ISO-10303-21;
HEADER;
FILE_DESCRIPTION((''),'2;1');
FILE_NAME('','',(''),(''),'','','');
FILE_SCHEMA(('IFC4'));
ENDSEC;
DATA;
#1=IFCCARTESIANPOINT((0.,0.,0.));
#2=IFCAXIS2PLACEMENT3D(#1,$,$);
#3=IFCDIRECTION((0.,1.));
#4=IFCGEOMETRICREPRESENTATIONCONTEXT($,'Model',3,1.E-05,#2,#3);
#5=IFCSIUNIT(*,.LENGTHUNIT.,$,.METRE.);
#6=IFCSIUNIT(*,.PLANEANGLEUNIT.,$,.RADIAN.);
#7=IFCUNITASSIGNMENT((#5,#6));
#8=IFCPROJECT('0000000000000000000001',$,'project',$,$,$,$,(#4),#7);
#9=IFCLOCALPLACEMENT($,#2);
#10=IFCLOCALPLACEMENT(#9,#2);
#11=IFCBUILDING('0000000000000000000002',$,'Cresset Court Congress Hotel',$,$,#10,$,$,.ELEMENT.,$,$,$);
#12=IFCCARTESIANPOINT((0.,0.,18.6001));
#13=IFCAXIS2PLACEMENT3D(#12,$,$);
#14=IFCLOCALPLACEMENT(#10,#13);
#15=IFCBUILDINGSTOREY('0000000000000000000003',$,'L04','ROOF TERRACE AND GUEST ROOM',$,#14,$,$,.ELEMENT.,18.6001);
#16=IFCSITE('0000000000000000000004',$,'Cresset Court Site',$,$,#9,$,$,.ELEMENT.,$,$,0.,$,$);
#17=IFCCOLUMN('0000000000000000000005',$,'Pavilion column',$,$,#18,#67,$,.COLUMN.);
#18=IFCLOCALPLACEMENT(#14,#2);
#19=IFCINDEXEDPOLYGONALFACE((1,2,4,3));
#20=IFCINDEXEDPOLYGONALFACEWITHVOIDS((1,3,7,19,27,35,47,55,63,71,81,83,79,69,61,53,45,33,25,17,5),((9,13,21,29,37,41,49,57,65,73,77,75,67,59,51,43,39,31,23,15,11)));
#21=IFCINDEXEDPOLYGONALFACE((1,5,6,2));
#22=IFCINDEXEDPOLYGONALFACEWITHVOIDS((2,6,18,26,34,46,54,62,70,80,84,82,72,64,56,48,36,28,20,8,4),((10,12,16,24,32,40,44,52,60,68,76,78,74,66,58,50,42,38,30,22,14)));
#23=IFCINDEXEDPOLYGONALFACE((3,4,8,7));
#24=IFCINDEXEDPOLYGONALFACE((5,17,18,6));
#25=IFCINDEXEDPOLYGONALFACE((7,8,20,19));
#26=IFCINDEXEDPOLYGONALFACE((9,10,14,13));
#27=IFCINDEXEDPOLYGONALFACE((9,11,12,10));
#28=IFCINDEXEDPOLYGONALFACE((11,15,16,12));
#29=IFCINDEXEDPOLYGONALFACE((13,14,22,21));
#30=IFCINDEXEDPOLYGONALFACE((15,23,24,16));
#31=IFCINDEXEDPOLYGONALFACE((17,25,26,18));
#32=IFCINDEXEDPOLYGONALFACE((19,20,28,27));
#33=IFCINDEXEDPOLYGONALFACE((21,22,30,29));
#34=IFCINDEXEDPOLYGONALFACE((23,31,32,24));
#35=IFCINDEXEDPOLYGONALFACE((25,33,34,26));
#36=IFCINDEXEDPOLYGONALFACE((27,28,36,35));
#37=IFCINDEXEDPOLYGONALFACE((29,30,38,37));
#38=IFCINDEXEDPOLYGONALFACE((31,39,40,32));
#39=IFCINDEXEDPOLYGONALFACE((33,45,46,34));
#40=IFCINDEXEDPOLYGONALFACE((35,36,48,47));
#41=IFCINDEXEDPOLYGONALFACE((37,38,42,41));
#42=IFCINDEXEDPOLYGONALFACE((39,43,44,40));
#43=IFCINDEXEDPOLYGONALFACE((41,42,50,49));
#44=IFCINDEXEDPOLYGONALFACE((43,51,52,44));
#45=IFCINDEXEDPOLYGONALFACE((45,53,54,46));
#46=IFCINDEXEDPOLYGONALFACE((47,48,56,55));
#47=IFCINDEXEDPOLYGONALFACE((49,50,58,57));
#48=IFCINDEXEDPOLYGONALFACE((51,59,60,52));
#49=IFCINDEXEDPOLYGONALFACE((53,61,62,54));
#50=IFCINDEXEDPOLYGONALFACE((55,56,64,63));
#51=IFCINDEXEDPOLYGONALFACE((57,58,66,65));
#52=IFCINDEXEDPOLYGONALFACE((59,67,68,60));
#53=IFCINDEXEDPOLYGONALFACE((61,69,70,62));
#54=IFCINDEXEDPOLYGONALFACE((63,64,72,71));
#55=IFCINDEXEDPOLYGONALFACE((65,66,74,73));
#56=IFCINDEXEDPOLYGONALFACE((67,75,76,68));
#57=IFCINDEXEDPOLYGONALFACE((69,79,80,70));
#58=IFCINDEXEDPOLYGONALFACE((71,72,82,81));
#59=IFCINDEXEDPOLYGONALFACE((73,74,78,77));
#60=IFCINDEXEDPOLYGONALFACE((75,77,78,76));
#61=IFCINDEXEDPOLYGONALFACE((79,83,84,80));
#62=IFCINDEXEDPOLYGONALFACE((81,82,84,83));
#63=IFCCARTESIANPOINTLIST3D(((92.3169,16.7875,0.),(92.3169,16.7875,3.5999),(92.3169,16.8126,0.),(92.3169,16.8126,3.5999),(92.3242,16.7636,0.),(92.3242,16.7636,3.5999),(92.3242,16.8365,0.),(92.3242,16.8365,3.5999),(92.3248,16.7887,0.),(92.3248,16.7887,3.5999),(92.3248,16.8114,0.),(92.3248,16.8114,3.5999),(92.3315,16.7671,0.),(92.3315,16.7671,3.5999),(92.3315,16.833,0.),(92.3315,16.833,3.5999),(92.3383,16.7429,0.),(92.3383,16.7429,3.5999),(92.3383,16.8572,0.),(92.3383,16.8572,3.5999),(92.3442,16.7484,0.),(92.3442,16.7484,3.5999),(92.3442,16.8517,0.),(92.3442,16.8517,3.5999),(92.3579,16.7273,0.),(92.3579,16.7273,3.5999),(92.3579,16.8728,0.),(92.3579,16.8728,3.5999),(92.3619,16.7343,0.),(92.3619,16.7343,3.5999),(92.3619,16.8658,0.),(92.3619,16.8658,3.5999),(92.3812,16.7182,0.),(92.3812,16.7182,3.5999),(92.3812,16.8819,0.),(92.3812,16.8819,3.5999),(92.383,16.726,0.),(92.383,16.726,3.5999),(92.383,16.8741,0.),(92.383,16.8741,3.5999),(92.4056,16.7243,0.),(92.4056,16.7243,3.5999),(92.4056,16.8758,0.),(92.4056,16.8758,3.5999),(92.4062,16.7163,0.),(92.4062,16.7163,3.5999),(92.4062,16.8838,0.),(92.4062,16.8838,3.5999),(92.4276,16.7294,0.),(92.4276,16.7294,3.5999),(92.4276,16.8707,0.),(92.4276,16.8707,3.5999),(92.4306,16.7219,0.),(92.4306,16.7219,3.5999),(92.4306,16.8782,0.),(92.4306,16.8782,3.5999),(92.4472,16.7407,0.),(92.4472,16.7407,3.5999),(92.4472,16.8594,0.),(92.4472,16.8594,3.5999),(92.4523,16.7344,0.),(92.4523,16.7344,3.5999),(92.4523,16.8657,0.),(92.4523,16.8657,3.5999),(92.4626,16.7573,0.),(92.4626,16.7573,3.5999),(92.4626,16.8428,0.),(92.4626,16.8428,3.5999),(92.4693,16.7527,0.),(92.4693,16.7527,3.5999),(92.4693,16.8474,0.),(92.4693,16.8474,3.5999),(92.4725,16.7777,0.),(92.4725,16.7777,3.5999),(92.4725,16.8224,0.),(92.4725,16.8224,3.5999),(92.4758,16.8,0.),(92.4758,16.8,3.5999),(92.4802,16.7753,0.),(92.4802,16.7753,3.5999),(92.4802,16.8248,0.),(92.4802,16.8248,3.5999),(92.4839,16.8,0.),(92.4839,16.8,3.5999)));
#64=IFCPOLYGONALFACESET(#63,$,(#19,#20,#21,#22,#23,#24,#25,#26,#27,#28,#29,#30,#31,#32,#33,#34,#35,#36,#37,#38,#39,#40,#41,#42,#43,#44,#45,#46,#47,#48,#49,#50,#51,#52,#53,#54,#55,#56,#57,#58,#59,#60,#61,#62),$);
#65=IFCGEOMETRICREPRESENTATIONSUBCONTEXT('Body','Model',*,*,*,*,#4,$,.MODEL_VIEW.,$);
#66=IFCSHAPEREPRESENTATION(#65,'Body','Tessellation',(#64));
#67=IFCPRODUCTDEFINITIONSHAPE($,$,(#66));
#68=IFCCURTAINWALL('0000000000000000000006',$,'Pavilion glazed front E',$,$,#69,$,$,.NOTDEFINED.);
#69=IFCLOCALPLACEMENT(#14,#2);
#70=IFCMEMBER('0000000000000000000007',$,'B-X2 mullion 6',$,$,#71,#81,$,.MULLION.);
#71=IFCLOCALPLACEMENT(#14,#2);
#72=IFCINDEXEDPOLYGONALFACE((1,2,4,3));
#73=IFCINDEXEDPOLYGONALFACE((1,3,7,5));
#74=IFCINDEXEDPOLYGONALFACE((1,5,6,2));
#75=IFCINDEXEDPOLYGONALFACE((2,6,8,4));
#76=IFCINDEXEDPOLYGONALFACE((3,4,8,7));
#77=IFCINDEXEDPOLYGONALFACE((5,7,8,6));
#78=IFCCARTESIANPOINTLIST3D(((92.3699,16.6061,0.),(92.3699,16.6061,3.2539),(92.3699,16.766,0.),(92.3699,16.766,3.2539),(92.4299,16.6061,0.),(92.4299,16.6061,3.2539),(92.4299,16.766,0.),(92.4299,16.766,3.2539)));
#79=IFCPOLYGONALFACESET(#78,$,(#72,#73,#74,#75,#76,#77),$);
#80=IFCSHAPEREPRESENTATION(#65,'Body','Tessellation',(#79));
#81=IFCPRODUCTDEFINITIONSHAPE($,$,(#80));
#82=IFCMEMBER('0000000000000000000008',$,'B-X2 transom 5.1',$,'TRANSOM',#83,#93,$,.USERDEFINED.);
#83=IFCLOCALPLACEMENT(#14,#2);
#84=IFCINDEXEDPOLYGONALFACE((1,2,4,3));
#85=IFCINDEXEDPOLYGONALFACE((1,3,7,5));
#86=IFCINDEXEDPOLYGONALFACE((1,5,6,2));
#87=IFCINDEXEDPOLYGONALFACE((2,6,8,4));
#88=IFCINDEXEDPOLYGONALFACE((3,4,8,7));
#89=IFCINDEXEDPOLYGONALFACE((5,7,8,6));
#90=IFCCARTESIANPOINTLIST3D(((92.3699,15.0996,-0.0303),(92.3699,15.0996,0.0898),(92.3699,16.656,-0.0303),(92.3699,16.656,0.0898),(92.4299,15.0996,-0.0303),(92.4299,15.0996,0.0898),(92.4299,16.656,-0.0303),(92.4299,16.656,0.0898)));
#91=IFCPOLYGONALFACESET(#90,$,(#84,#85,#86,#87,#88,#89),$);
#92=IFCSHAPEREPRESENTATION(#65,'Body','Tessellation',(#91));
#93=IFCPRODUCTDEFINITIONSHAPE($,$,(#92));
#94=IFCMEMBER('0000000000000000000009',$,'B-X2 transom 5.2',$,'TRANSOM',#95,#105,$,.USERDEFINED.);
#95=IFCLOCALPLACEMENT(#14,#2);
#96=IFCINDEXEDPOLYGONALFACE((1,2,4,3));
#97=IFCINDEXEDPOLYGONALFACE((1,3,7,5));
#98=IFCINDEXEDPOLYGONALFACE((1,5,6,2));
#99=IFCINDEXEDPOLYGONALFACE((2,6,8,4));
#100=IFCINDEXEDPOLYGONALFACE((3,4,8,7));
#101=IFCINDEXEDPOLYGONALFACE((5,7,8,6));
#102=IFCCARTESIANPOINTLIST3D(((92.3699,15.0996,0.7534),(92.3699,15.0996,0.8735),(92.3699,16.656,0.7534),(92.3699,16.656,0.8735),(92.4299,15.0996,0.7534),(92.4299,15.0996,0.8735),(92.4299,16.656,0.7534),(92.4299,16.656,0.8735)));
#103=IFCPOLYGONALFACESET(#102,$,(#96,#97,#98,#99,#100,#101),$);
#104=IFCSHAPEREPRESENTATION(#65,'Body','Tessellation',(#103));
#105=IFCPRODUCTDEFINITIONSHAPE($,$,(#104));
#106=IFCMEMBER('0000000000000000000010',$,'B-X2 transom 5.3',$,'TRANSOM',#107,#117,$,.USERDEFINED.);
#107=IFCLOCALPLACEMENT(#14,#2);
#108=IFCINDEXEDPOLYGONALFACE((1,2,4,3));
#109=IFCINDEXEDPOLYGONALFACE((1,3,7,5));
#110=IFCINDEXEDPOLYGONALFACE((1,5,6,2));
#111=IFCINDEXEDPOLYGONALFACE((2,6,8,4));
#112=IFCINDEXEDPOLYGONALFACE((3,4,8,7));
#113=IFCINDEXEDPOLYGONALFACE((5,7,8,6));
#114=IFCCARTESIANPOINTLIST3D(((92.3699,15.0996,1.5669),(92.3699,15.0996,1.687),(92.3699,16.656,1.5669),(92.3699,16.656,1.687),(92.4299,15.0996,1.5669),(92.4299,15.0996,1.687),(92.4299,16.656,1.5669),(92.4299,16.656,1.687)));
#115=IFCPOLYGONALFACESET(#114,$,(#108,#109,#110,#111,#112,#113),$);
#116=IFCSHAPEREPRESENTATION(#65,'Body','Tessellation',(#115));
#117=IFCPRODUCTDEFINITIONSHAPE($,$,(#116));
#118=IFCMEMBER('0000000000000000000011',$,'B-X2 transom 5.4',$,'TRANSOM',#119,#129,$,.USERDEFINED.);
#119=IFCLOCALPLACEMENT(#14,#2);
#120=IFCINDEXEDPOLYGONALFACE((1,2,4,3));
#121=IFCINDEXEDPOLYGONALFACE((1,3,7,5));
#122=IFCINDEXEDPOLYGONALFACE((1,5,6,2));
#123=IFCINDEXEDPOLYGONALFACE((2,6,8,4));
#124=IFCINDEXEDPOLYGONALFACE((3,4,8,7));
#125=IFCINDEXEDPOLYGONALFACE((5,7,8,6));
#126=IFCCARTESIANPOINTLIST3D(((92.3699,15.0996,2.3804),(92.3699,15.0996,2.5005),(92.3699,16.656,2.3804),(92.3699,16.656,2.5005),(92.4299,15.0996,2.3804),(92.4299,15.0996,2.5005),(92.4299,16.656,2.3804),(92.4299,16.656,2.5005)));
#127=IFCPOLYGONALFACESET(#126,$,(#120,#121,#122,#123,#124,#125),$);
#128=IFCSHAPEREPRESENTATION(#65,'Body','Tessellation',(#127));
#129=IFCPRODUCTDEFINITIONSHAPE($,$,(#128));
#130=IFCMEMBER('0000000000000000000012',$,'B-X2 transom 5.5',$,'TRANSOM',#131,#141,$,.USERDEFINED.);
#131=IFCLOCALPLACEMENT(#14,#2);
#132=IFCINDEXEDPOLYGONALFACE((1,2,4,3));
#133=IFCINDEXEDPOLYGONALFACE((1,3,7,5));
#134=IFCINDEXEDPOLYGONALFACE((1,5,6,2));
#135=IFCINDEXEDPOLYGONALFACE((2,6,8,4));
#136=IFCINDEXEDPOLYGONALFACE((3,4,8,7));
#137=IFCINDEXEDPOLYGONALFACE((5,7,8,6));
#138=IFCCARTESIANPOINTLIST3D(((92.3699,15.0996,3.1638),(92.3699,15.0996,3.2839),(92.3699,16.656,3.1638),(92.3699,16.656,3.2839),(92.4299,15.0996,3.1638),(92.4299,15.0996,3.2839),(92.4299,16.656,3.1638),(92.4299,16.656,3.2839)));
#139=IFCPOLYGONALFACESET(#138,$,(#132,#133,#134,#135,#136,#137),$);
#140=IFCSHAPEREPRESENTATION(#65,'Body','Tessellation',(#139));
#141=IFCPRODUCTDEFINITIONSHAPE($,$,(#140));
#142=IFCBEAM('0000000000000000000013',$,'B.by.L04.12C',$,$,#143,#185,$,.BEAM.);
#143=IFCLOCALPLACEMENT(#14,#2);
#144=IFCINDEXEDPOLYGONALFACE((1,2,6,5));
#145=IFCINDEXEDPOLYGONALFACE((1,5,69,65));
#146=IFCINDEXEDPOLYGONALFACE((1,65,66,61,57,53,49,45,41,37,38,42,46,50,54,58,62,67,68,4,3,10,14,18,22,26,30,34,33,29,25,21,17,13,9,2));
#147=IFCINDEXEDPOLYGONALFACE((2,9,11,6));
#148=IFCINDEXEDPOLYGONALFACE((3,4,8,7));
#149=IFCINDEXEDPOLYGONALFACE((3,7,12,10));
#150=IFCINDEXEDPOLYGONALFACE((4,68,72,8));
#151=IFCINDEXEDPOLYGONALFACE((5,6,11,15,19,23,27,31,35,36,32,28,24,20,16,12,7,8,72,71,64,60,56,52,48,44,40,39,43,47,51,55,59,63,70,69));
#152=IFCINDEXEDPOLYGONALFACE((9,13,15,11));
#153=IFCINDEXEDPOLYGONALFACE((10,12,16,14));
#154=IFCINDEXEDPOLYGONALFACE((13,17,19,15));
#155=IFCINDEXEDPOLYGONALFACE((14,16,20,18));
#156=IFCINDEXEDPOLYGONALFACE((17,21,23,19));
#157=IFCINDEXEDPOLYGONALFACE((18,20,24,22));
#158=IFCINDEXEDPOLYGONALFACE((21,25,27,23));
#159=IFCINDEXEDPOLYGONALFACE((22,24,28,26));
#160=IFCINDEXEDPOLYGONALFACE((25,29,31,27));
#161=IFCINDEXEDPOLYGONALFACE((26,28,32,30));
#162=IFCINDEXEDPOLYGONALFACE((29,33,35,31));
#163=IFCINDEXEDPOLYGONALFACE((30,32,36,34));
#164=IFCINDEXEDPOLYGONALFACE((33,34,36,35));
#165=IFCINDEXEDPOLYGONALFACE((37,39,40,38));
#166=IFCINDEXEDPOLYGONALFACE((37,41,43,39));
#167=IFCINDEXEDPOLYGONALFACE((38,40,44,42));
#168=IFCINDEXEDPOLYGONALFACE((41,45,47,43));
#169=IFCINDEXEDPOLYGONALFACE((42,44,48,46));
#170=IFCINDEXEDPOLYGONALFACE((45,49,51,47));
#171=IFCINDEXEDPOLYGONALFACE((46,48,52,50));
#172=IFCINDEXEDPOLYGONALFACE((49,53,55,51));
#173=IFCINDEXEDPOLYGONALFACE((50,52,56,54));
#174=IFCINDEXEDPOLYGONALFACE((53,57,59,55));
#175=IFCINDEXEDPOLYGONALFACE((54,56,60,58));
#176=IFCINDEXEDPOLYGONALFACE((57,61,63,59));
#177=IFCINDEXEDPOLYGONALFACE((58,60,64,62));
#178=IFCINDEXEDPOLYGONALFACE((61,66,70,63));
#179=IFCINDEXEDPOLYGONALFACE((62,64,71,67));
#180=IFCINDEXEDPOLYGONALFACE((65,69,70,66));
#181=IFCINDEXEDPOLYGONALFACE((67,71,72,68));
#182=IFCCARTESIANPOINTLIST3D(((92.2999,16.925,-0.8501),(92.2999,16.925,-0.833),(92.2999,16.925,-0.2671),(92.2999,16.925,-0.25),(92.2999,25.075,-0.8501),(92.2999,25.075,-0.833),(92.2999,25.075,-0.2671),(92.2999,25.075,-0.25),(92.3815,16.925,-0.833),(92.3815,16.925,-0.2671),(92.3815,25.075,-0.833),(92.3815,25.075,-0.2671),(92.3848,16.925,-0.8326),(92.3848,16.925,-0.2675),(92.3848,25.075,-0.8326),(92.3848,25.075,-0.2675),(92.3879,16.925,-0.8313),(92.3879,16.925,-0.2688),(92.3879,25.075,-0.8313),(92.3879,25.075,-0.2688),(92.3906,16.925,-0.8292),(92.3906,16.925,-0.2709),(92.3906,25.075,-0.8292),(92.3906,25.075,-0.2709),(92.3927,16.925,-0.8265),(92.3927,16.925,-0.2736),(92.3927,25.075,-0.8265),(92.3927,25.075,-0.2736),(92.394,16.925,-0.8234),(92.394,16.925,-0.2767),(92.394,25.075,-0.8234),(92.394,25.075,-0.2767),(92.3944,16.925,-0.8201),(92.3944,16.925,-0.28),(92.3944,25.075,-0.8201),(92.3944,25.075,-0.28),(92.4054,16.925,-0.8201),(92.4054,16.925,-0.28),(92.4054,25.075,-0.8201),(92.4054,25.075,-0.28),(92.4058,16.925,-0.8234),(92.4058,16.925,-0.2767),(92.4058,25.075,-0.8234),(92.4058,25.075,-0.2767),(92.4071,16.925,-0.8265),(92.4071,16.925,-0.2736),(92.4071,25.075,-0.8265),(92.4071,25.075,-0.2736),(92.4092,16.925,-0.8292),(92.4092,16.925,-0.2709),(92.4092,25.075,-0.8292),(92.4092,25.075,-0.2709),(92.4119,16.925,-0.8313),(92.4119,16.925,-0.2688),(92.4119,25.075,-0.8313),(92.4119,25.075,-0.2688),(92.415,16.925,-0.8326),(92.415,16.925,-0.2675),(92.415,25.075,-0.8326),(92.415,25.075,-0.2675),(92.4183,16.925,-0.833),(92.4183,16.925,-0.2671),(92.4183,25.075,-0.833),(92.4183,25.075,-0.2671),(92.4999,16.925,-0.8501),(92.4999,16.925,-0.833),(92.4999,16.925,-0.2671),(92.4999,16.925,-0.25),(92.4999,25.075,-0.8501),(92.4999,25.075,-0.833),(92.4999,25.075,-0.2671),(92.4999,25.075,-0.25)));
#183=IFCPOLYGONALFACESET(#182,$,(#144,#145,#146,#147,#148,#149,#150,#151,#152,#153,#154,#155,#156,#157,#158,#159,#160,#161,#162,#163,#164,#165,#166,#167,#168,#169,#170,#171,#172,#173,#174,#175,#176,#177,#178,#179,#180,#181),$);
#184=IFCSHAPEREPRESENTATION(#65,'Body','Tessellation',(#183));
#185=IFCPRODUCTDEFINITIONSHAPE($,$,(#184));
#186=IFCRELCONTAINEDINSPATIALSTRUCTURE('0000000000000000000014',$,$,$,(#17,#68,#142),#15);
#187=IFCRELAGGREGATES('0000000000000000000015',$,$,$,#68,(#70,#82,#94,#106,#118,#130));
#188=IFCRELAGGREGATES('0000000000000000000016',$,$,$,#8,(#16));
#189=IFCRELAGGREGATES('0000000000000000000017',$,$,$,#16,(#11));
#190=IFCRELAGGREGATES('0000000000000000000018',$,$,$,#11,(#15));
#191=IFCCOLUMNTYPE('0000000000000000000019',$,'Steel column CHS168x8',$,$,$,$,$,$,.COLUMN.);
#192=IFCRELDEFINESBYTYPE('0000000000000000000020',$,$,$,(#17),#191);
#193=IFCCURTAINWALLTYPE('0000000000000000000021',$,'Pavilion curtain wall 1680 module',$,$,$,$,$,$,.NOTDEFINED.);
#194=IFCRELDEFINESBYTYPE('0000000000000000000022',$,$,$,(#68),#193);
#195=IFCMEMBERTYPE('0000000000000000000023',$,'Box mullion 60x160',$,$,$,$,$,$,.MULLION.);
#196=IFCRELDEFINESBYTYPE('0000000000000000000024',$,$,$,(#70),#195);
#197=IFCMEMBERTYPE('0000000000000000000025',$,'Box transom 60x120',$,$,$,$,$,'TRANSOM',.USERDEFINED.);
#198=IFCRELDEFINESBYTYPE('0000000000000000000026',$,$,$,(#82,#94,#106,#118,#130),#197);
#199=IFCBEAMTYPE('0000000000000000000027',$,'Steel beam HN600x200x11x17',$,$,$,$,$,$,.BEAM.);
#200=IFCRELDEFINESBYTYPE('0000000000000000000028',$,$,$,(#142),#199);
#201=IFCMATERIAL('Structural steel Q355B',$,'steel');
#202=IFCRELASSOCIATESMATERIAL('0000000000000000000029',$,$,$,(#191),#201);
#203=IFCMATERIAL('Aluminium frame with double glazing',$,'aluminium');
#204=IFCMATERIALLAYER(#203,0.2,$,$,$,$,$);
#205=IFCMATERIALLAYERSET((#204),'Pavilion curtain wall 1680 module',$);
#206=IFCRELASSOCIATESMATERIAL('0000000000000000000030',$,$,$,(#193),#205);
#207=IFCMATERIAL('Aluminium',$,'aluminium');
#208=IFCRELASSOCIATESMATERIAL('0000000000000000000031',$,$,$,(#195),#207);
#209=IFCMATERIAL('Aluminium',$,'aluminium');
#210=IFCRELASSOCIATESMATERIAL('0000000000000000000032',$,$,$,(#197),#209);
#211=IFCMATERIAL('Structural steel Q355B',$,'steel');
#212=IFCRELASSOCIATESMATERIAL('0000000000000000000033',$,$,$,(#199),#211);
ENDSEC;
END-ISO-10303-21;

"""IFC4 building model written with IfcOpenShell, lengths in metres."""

from ifc_helpers import new_model, si_unit, direction, frame, origin, origin_2d, place, context, subcontext, project, spatial, rectangle, hollow_circle, i_section, extrude, material, layer, layer_set, material_profile, profile_set, type_object, element, aggregate, save


model = new_model("IFC4")

# Units and contexts
model_context = context("Model", 3, precision=1e-05, world=origin(), true_north=direction((0.0, 1.0)))
body_context = subcontext(model_context, "Body", "Model", "MODEL_VIEW")
ifc_project = project(units=[si_unit("LENGTHUNIT", "METRE"), si_unit("PLANEANGLEUNIT", "RADIAN")], contexts=[model_context])

# Site, building, storey
site_placement = place(None, origin())
site = spatial("IfcSite", under=ifc_project, at=site_placement, Name="Cresset Court Site", CompositionType="ELEMENT", RefElevation=0.0)
building_placement = place(site_placement, origin())
building = spatial("IfcBuilding", under=site, at=building_placement, Name="Cresset Court Congress Hotel", CompositionType="ELEMENT")
storey_placement = place(building_placement, frame((0.0, 0.0, 18.6001)))
storey = spatial("IfcBuildingStorey", under=building, at=storey_placement, Name="L04", Description="ROOF TERRACE AND GUEST ROOM", CompositionType="ELEMENT", Elevation=18.6001)

# Column
ifc_material_1 = material(Name="Structural steel Q355B", Category="steel")
ifc_material_profile_1 = material_profile(ifc_material_1, hollow_circle(Radius=0.084, WallThickness=0.0081, at=origin_2d()), Name="CHS168x8")
ifc_profile_set_1 = profile_set([ifc_material_profile_1], Name="Structural steel Q355B")
column_type = type_object("IfcColumnType", Name="Steel column CHS168x8", PredefinedType="COLUMN", material=ifc_profile_set_1)
column_placement = place(storey_placement, frame((92.3999, 16.8, 0.0), z_axis=(0.0, 0.0, 1.0), x_axis=(1.0, 0.0, 0.0)))
element("IfcColumn", 1, at=column_placement, inside=storey, type_object=column_type, Name="Pavilion column", PredefinedType="COLUMN", context=body_context, shape_type="SweptSolid", body=[
    extrude(hollow_circle(Radius=0.084, WallThickness=0.0081, at=origin_2d()), origin(), (0.0, 0.0, 1.0), 3.5999),
])

# Curtain wall, members
ifc_material_2 = material(Name="Aluminium frame with double glazing", Category="aluminium")
ifc_layer_1 = layer(ifc_material_2, 0.2)
ifc_layer_set_1 = layer_set([ifc_layer_1], Name="Pavilion curtain wall 1680 module")
curtain_wall_type = type_object("IfcCurtainWallType", Name="Pavilion curtain wall 1680 module", PredefinedType="NOTDEFINED", material=ifc_layer_set_1)
curtain_wall_placement = place(storey_placement, origin())
curtain_wall = element("IfcCurtainWall", 2, at=curtain_wall_placement, inside=storey, type_object=curtain_wall_type, Name="Pavilion glazed front E", PredefinedType="NOTDEFINED")
ifc_material_3 = material(Name="Aluminium", Category="aluminium")
ifc_material_profile_2 = material_profile(ifc_material_3, rectangle(XDim=0.0601, YDim=0.1599, at=origin_2d()), Name="Box mullion 60x160")
ifc_profile_set_2 = profile_set([ifc_material_profile_2], Name="Aluminium")
member_type_1 = type_object("IfcMemberType", Name="Box mullion 60x160", PredefinedType="MULLION", material=ifc_profile_set_2)
member_1_placement = place(storey_placement, frame((92.3999, 16.686, 0.0), z_axis=(0.0, 0.0, 1.0), x_axis=(-1.0, 0.0, 0.0)))
member_1 = element("IfcMember", 3, at=member_1_placement, type_object=member_type_1, Name="B-X2 mullion 6", PredefinedType="MULLION", context=body_context, shape_type="SweptSolid", body=[
    extrude(rectangle(XDim=0.0601, YDim=0.1599, at=origin_2d()), origin(), (0.0, 0.0, 1.0), 3.2539),
])
ifc_material_4 = material(Name="Aluminium", Category="aluminium")
ifc_material_profile_3 = material_profile(ifc_material_4, rectangle(XDim=0.0601, YDim=0.1201, at=origin_2d()), Name="Box transom 60x120")
ifc_profile_set_3 = profile_set([ifc_material_profile_3], Name="Aluminium")
member_type_2 = type_object("IfcMemberType", Name="Box transom 60x120", ElementType="TRANSOM", PredefinedType="USERDEFINED", material=ifc_profile_set_3)
member_2_placement = place(storey_placement, frame((92.3999, 15.0996, 0.0298), z_axis=(0.0, 1.0, 0.0), x_axis=(-1.0, 0.0, 0.0)))
member_2 = element("IfcMember", 4, at=member_2_placement, type_object=member_type_2, Name="B-X2 transom 5.1", ObjectType="TRANSOM", PredefinedType="USERDEFINED", context=body_context, shape_type="SweptSolid", body=[
    extrude(rectangle(XDim=0.0601, YDim=0.1201, at=origin_2d()), origin(), (0.0, 0.0, 1.0), 1.5564),
])
member_3_placement = place(storey_placement, frame((92.3999, 15.0996, 0.8135), z_axis=(0.0, 1.0, 0.0), x_axis=(-1.0, 0.0, 0.0)))
member_3 = element("IfcMember", 5, at=member_3_placement, type_object=member_type_2, Name="B-X2 transom 5.2", ObjectType="TRANSOM", PredefinedType="USERDEFINED", context=body_context, shape_type="SweptSolid", body=[
    extrude(rectangle(XDim=0.0601, YDim=0.1201, at=origin_2d()), origin(), (0.0, 0.0, 1.0), 1.5564),
])
member_4_placement = place(storey_placement, frame((92.3999, 15.0996, 1.627), z_axis=(0.0, 1.0, 0.0), x_axis=(-1.0, 0.0, 0.0)))
member_4 = element("IfcMember", 6, at=member_4_placement, type_object=member_type_2, Name="B-X2 transom 5.3", ObjectType="TRANSOM", PredefinedType="USERDEFINED", context=body_context, shape_type="SweptSolid", body=[
    extrude(rectangle(XDim=0.0601, YDim=0.1201, at=origin_2d()), origin(), (0.0, 0.0, 1.0), 1.5564),
])
member_5_placement = place(storey_placement, frame((92.3999, 15.0996, 2.4404), z_axis=(0.0, 1.0, 0.0), x_axis=(-1.0, 0.0, 0.0)))
member_5 = element("IfcMember", 7, at=member_5_placement, type_object=member_type_2, Name="B-X2 transom 5.4", ObjectType="TRANSOM", PredefinedType="USERDEFINED", context=body_context, shape_type="SweptSolid", body=[
    extrude(rectangle(XDim=0.0601, YDim=0.1201, at=origin_2d()), origin(), (0.0, 0.0, 1.0), 1.5564),
])
member_6_placement = place(storey_placement, frame((92.3999, 15.0996, 3.2239), z_axis=(0.0, 1.0, 0.0), x_axis=(-1.0, 0.0, 0.0)))
member_6 = element("IfcMember", 8, at=member_6_placement, type_object=member_type_2, Name="B-X2 transom 5.5", ObjectType="TRANSOM", PredefinedType="USERDEFINED", context=body_context, shape_type="SweptSolid", body=[
    extrude(rectangle(XDim=0.0601, YDim=0.1201, at=origin_2d()), origin(), (0.0, 0.0, 1.0), 1.5564),
])

# Beam
ifc_material_5 = material(Name="Structural steel Q355B", Category="steel")
ifc_material_profile_4 = material_profile(ifc_material_5, i_section(OverallWidth=0.2, OverallDepth=0.6001, WebThickness=0.011, FlangeThickness=0.0171, FilletRadius=0.0129, at=origin_2d()), Name="HN600x200x11x17")
ifc_profile_set_4 = profile_set([ifc_material_profile_4], Name="Structural steel Q355B")
beam_type_1 = type_object("IfcBeamType", Name="Steel beam HN600x200x11x17", PredefinedType="BEAM", material=ifc_profile_set_4)
beam_1_placement = place(storey_placement, frame((92.3999, 16.925, -0.55), z_axis=(0.0, 1.0, 0.0), x_axis=(-1.0, 0.0, 0.0)))
element("IfcBeam", 9, at=beam_1_placement, inside=storey, type_object=beam_type_1, Name="B.by.L04.12C", PredefinedType="BEAM", context=body_context, shape_type="SweptSolid", body=[
    extrude(i_section(OverallWidth=0.2, OverallDepth=0.6001, WebThickness=0.011, FlangeThickness=0.0171, FilletRadius=0.0129, at=origin_2d()), origin(), (0.0, 0.0, 1.0), 8.1499),
])

aggregate(curtain_wall, [member_1, member_2, member_3, member_4, member_5, member_6])

save(model, "model.ifc")
